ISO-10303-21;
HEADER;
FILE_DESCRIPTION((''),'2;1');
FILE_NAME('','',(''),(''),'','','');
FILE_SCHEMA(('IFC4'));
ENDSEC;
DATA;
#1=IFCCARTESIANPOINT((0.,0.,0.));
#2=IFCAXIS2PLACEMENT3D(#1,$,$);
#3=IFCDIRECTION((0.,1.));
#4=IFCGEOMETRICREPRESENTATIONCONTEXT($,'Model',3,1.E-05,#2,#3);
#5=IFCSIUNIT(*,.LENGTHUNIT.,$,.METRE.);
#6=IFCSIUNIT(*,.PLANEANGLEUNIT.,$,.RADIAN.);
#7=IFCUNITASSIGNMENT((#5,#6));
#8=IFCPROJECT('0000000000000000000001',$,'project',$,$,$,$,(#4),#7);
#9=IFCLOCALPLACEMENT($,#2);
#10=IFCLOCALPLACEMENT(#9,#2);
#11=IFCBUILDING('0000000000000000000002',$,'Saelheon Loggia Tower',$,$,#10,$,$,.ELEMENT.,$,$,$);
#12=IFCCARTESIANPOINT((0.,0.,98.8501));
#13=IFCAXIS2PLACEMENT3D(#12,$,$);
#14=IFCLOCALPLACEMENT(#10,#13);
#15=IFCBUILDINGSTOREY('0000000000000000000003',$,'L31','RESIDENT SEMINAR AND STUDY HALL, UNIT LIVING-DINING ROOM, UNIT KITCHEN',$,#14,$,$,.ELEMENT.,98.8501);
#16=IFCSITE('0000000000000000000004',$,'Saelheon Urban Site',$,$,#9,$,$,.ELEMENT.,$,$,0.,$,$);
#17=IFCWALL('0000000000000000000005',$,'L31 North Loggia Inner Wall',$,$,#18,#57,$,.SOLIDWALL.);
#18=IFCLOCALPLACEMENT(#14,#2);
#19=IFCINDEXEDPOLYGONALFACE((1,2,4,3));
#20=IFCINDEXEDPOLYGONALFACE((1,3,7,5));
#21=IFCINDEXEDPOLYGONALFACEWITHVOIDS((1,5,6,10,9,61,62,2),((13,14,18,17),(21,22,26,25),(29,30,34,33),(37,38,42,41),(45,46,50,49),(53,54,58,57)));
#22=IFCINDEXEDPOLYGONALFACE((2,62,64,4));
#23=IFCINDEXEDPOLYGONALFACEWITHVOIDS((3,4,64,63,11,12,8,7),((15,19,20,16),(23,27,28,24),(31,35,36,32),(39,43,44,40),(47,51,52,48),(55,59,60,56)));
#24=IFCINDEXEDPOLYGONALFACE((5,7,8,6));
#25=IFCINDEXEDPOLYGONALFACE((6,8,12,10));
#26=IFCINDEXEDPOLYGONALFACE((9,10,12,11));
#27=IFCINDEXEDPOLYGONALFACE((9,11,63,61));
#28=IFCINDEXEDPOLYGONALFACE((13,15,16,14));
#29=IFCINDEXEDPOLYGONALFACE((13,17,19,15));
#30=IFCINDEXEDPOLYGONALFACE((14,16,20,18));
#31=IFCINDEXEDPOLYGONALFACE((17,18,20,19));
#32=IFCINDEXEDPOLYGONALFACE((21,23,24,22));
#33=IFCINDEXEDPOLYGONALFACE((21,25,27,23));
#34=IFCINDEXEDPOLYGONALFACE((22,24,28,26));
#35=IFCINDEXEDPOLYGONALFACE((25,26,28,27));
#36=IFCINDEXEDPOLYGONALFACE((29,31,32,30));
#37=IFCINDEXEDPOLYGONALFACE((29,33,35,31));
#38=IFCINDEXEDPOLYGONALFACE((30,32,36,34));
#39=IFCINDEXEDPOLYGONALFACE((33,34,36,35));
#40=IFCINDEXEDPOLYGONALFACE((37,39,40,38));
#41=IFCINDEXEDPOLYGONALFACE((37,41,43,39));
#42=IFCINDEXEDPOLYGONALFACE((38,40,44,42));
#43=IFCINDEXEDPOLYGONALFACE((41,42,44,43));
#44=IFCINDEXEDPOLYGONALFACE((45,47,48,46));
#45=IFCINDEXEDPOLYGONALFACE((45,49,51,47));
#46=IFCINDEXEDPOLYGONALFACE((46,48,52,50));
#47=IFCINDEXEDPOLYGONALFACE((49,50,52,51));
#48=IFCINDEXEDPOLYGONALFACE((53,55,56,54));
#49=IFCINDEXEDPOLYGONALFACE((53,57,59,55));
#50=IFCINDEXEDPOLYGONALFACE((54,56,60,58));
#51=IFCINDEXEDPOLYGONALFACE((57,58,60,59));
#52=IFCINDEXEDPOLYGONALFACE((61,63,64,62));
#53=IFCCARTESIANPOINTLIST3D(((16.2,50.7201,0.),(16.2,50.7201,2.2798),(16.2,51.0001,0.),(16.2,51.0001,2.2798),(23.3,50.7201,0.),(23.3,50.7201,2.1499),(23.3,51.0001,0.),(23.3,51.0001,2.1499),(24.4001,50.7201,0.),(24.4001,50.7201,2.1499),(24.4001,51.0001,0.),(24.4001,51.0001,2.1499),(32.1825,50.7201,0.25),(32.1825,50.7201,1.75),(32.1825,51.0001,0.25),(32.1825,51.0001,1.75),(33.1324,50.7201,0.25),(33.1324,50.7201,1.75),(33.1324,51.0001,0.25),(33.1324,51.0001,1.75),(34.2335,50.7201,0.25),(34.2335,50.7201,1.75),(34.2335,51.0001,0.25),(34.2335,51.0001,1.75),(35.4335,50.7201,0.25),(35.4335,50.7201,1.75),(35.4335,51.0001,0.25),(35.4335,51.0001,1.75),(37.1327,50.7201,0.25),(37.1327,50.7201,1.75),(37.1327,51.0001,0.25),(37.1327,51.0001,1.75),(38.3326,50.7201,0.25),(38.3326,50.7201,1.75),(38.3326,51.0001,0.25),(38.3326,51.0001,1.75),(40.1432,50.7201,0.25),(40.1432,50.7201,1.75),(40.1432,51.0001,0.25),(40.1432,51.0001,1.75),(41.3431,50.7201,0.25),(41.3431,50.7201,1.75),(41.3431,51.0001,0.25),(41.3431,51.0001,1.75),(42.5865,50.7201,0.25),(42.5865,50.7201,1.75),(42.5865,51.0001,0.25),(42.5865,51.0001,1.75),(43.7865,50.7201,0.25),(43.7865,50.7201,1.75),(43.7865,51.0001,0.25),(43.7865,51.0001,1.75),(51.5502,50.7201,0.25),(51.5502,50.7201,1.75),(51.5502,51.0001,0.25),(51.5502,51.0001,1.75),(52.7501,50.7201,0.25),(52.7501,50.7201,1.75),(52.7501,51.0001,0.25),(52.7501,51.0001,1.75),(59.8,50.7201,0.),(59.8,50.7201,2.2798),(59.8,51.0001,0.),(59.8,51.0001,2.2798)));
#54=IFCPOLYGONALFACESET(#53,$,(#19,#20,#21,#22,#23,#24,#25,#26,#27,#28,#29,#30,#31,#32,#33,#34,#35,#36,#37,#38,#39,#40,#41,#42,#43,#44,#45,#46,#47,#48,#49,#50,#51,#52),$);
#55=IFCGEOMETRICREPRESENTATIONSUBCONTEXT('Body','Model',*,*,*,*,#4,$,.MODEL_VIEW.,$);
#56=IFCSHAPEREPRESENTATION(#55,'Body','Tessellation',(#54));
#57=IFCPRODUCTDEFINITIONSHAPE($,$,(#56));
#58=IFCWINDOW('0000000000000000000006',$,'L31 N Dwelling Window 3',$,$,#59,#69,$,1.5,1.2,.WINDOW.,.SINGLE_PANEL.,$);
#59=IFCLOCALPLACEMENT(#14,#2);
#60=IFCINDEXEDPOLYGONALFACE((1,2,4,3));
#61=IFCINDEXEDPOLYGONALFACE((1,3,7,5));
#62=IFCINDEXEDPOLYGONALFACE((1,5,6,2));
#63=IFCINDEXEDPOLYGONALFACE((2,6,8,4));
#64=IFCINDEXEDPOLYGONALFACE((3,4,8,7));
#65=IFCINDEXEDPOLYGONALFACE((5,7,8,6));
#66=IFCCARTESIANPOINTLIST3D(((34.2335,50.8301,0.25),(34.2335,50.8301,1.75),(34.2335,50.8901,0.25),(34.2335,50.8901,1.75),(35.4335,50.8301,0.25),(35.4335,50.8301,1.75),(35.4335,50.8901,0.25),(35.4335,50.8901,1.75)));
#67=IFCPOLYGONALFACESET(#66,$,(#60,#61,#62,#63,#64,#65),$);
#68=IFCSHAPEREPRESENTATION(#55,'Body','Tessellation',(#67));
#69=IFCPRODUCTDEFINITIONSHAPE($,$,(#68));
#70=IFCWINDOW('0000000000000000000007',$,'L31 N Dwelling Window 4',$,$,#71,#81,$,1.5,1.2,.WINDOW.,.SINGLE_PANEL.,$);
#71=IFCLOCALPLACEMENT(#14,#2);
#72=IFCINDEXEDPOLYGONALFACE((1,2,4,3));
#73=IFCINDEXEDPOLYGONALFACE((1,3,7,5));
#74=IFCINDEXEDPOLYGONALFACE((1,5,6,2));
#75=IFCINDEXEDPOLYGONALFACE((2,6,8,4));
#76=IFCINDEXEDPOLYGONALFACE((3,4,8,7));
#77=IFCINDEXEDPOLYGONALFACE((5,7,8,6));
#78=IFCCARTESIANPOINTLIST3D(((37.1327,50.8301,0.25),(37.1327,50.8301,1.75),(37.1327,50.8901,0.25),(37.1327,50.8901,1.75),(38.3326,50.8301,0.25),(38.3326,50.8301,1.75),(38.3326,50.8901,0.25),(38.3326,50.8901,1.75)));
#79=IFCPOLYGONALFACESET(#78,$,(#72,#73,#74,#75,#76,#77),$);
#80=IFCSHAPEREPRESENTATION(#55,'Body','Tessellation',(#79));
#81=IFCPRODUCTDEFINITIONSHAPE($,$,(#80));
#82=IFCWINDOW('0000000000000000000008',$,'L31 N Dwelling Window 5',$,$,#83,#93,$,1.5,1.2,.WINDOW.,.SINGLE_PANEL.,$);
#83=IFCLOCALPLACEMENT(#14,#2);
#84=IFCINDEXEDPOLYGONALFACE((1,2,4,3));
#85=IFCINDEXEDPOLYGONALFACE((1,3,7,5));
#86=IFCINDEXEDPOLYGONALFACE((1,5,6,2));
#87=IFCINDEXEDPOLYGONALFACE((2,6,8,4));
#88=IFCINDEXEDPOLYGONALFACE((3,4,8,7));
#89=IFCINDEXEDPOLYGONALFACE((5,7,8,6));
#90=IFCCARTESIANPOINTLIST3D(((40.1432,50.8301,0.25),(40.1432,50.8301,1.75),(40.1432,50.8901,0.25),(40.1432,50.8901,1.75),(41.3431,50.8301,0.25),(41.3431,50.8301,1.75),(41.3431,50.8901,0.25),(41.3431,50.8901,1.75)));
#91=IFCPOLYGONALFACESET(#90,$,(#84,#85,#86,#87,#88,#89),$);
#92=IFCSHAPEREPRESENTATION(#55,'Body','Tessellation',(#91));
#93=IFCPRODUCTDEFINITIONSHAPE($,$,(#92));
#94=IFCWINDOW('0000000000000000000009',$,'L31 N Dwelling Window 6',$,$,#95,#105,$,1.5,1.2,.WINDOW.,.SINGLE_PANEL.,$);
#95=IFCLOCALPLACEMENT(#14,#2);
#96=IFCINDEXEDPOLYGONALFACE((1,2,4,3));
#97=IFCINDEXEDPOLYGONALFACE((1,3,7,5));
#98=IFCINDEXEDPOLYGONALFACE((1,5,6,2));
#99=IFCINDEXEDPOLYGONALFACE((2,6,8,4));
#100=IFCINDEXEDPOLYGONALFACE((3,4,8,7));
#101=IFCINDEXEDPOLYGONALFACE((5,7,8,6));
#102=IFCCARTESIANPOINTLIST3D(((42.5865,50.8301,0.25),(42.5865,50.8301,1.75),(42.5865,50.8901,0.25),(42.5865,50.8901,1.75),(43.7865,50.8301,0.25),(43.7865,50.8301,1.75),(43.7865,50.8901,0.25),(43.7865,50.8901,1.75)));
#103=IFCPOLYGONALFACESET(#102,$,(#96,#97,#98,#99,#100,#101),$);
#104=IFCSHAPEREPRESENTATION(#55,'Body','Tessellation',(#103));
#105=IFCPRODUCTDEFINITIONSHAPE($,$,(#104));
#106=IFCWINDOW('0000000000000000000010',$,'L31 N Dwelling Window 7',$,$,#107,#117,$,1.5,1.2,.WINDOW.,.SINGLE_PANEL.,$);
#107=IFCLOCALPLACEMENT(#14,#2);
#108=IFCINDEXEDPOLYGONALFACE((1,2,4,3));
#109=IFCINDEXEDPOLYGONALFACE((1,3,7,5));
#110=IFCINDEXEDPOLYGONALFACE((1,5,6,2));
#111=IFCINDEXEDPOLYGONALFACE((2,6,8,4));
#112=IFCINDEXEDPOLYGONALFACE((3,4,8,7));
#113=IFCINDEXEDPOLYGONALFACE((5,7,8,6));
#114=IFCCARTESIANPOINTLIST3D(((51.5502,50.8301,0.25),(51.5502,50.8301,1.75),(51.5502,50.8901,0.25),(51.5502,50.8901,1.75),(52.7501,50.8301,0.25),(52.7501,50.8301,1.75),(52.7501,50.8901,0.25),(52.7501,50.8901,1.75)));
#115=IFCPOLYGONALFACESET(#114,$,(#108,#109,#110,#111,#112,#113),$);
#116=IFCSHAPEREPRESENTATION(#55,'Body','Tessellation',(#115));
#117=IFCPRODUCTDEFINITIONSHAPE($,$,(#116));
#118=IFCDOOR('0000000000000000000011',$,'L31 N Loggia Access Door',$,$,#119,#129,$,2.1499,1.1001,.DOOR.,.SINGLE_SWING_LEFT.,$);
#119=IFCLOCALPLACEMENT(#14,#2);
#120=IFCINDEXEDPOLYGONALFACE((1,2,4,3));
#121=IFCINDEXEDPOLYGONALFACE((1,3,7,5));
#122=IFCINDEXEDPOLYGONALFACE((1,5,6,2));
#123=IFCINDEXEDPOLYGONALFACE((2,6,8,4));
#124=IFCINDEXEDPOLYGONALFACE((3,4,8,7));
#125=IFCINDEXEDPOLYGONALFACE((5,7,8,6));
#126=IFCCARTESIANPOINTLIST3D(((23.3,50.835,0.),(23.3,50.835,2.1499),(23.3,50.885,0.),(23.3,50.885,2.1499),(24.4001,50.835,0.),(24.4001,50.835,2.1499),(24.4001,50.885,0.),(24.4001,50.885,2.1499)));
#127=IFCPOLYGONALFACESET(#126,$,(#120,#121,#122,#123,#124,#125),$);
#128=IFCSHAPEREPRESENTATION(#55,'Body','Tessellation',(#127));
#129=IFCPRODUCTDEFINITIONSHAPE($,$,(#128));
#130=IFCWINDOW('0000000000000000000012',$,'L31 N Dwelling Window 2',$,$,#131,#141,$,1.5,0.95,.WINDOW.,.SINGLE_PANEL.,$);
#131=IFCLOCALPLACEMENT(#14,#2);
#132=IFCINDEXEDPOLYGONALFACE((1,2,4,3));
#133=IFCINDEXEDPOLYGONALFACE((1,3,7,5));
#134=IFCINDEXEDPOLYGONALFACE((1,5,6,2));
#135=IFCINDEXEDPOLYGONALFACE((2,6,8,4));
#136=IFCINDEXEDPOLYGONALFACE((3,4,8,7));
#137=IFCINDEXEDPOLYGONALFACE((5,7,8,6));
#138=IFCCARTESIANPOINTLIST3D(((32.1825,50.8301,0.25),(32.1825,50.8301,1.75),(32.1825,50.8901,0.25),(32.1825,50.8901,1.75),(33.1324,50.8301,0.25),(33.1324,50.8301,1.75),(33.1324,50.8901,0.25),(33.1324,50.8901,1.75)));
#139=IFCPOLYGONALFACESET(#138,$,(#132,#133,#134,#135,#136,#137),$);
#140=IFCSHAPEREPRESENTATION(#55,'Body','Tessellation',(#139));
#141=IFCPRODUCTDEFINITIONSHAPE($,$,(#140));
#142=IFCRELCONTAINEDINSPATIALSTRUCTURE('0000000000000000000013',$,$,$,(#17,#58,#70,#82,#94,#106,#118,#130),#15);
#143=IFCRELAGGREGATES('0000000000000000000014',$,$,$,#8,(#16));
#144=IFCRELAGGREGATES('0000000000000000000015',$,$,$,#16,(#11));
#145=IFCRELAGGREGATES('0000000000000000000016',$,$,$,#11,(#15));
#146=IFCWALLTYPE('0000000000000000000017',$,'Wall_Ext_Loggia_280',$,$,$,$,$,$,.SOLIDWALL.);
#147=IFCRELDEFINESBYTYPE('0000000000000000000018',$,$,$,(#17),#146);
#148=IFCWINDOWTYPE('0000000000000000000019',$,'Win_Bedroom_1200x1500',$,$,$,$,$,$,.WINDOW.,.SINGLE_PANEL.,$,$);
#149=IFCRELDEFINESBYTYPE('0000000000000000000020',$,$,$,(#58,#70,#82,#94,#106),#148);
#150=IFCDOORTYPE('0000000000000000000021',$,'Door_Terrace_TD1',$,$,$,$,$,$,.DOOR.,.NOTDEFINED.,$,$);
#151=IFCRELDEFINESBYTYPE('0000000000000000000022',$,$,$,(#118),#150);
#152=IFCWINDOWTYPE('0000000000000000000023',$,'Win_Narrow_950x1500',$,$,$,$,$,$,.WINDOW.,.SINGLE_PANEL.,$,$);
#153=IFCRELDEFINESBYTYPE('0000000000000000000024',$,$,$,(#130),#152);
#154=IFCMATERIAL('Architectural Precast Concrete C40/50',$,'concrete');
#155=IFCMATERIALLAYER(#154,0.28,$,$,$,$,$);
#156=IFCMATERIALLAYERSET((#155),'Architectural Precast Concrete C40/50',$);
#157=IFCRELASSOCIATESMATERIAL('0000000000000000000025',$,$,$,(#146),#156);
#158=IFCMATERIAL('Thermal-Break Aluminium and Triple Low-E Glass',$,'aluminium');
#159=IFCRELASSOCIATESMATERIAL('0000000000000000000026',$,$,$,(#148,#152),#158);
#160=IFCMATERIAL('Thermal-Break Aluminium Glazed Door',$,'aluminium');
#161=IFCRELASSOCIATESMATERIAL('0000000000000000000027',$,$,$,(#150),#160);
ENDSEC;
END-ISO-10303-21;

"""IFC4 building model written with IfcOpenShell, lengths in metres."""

from ifc_helpers import new_model, si_unit, direction, frame, frame_2d, origin, place, context, subcontext, project, spatial, rectangle, extrude, source, transform, mapped, material, layer, layer_set, type_object, element, fill, save


model = new_model("IFC4")

# Units and contexts
model_context = context("Model", 3, precision=1e-05, world=origin(), true_north=direction((0.0, 1.0)))
body_context = subcontext(model_context, "Body", "Model", "MODEL_VIEW")
ifc_project = project(units=[si_unit("LENGTHUNIT", "METRE"), si_unit("PLANEANGLEUNIT", "RADIAN")], contexts=[model_context])

# Site, building, storey
site_placement = place(None, origin())
site = spatial("IfcSite", under=ifc_project, at=site_placement, Name="Saelheon Urban Site", CompositionType="ELEMENT", RefElevation=0.0)
building_placement = place(site_placement, origin())
building = spatial("IfcBuilding", under=site, at=building_placement, Name="Saelheon Loggia Tower", CompositionType="ELEMENT")
storey_placement = place(building_placement, frame((0.0, 0.0, 98.8501)))
storey = spatial("IfcBuildingStorey", under=building, at=storey_placement, Name="L31", Description="RESIDENT SEMINAR AND STUDY HALL, UNIT LIVING-DINING ROOM, UNIT KITCHEN", CompositionType="ELEMENT", Elevation=98.8501)

# Wall, openings, windows, door
ifc_material_1 = material(Name="Architectural Precast Concrete C40/50", Category="concrete")
ifc_layer_1 = layer(ifc_material_1, 0.28)
ifc_layer_set_1 = layer_set([ifc_layer_1], Name="Architectural Precast Concrete C40/50")
wall_type_1 = type_object("IfcWallType", Name="Wall_Ext_Loggia_280", PredefinedType="SOLIDWALL", material=ifc_layer_set_1)
wall_1_placement = place(storey_placement, frame((16.2, 50.8601, 0.0), z_axis=(0.0, 0.0, 1.0), x_axis=(1.0, 0.0, 0.0)))
wall_1 = element("IfcWall", 1, at=wall_1_placement, inside=storey, type_object=wall_type_1, Name="L31 North Loggia Inner Wall", PredefinedType="SOLIDWALL", context=body_context, shape_type="SweptSolid", body=[
    extrude(rectangle(XDim=43.6001, YDim=0.28, at=frame_2d((21.8, 0.0))), origin(), (0.0, 0.0, 1.0), 2.2798),
])
opening_1_placement = place(wall_1_placement, frame((7.1001, 0.0, 0.0)))
opening_1 = element("IfcOpeningElement", 2, at=opening_1_placement, cuts=wall_1, PredefinedType="OPENING", context=body_context, shape_type="SweptSolid", body=[
    extrude(rectangle(XDim=1.1001, YDim=2.1499, at=frame_2d((0.55, 1.075))), frame((0.0, 0.1521, 0.0), z_axis=(0.0, -1.0, 0.0), x_axis=(1.0, 0.0, 0.0)), (0.0, 0.0, 1.0), 0.304),
])
opening_2_placement = place(wall_1_placement, frame((15.9824, 0.0, 0.25)))
opening_2 = element("IfcOpeningElement", 3, at=opening_2_placement, cuts=wall_1, PredefinedType="OPENING", context=body_context, shape_type="SweptSolid", body=[
    extrude(rectangle(XDim=0.95, YDim=1.5, at=frame_2d((0.4751, 0.75))), frame((0.0, 0.1521, 0.0), z_axis=(0.0, -1.0, 0.0), x_axis=(1.0, 0.0, 0.0)), (0.0, 0.0, 1.0), 0.304),
])
opening_3_placement = place(wall_1_placement, frame((18.0334, 0.0, 0.25)))
opening_3 = element("IfcOpeningElement", 4, at=opening_3_placement, cuts=wall_1, PredefinedType="OPENING", context=body_context, shape_type="SweptSolid", body=[
    extrude(rectangle(XDim=1.2, YDim=1.5, at=frame_2d((0.6001, 0.75))), frame((0.0, 0.1521, 0.0), z_axis=(0.0, -1.0, 0.0), x_axis=(1.0, 0.0, 0.0)), (0.0, 0.0, 1.0), 0.304),
])
opening_4_placement = place(wall_1_placement, frame((20.9326, 0.0, 0.25)))
opening_4 = element("IfcOpeningElement", 5, at=opening_4_placement, cuts=wall_1, PredefinedType="OPENING", context=body_context, shape_type="SweptSolid", body=[
    extrude(rectangle(XDim=1.2, YDim=1.5, at=frame_2d((0.6001, 0.75))), frame((0.0, 0.1521, 0.0), z_axis=(0.0, -1.0, 0.0), x_axis=(1.0, 0.0, 0.0)), (0.0, 0.0, 1.0), 0.304),
])
opening_5_placement = place(wall_1_placement, frame((23.9431, 0.0, 0.25)))
opening_5 = element("IfcOpeningElement", 6, at=opening_5_placement, cuts=wall_1, PredefinedType="OPENING", context=body_context, shape_type="SweptSolid", body=[
    extrude(rectangle(XDim=1.2, YDim=1.5, at=frame_2d((0.6001, 0.75))), frame((0.0, 0.1521, 0.0), z_axis=(0.0, -1.0, 0.0), x_axis=(1.0, 0.0, 0.0)), (0.0, 0.0, 1.0), 0.304),
])
opening_6_placement = place(wall_1_placement, frame((26.3865, 0.0, 0.25)))
opening_6 = element("IfcOpeningElement", 7, at=opening_6_placement, cuts=wall_1, PredefinedType="OPENING", context=body_context, shape_type="SweptSolid", body=[
    extrude(rectangle(XDim=1.2, YDim=1.5, at=frame_2d((0.6001, 0.75))), frame((0.0, 0.1521, 0.0), z_axis=(0.0, -1.0, 0.0), x_axis=(1.0, 0.0, 0.0)), (0.0, 0.0, 1.0), 0.304),
])
opening_7_placement = place(wall_1_placement, frame((35.3501, 0.0, 0.25)))
opening_7 = element("IfcOpeningElement", 8, at=opening_7_placement, cuts=wall_1, PredefinedType="OPENING", context=body_context, shape_type="SweptSolid", body=[
    extrude(rectangle(XDim=1.2, YDim=1.5, at=frame_2d((0.6001, 0.75))), frame((0.0, 0.1521, 0.0), z_axis=(0.0, -1.0, 0.0), x_axis=(1.0, 0.0, 0.0)), (0.0, 0.0, 1.0), 0.304),
])
ifc_material_2 = material(Name="Thermal-Break Aluminium and Triple Low-E Glass", Category="aluminium")
window_type_1 = type_object("IfcWindowType", Name="Win_Bedroom_1200x1500", PartitioningType="SINGLE_PANEL", PredefinedType="WINDOW", material=ifc_material_2)
shared_shape_1 = source(origin(), body_context, "Body", "SweptSolid", [
    extrude(rectangle(XDim=1.2, YDim=1.5, at=frame_2d((0.6001, 0.75))), frame((0.0, 0.03, 0.0), z_axis=(0.0, -1.0, 0.0), x_axis=(1.0, 0.0, 0.0)), (0.0, 0.0, 1.0), 0.0601),
])
window_1_placement = place(opening_3_placement, origin())
window_1 = element("IfcWindow", 9, at=window_1_placement, inside=storey, type_object=window_type_1, Name="L31 N Dwelling Window 3", OverallHeight=1.5, OverallWidth=1.2, PartitioningType="SINGLE_PANEL", PredefinedType="WINDOW", context=body_context, shape_type="MappedRepresentation", body=[
    mapped(shared_shape_1, transform((0.0, 0.0, 0.0), scale=1.0)),
])
fill(opening_3, window_1)
window_2_placement = place(opening_4_placement, origin())
window_2 = element("IfcWindow", 10, at=window_2_placement, inside=storey, type_object=window_type_1, Name="L31 N Dwelling Window 4", OverallHeight=1.5, OverallWidth=1.2, PartitioningType="SINGLE_PANEL", PredefinedType="WINDOW", context=body_context, shape_type="MappedRepresentation", body=[
    mapped(shared_shape_1, transform((0.0, 0.0, 0.0), scale=1.0)),
])
fill(opening_4, window_2)
window_3_placement = place(opening_5_placement, origin())
window_3 = element("IfcWindow", 11, at=window_3_placement, inside=storey, type_object=window_type_1, Name="L31 N Dwelling Window 5", OverallHeight=1.5, OverallWidth=1.2, PartitioningType="SINGLE_PANEL", PredefinedType="WINDOW", context=body_context, shape_type="MappedRepresentation", body=[
    mapped(shared_shape_1, transform((0.0, 0.0, 0.0), scale=1.0)),
])
fill(opening_5, window_3)
window_4_placement = place(opening_6_placement, origin())
window_4 = element("IfcWindow", 12, at=window_4_placement, inside=storey, type_object=window_type_1, Name="L31 N Dwelling Window 6", OverallHeight=1.5, OverallWidth=1.2, PartitioningType="SINGLE_PANEL", PredefinedType="WINDOW", context=body_context, shape_type="MappedRepresentation", body=[
    mapped(shared_shape_1, transform((0.0, 0.0, 0.0), scale=1.0)),
])
fill(opening_6, window_4)
window_5_placement = place(opening_7_placement, origin())
window_5 = element("IfcWindow", 13, at=window_5_placement, inside=storey, type_object=window_type_1, Name="L31 N Dwelling Window 7", OverallHeight=1.5, OverallWidth=1.2, PartitioningType="SINGLE_PANEL", PredefinedType="WINDOW", context=body_context, shape_type="MappedRepresentation", body=[
    mapped(shared_shape_1, transform((0.0, 0.0, 0.0), scale=1.0)),
])
fill(opening_7, window_5)
ifc_material_3 = material(Name="Thermal-Break Aluminium Glazed Door", Category="aluminium")
door_type_1 = type_object("IfcDoorType", Name="Door_Terrace_TD1", OperationType="NOTDEFINED", PredefinedType="DOOR", material=ifc_material_3)
shared_shape_2 = source(origin(), body_context, "Body", "SweptSolid", [
    extrude(rectangle(XDim=1.1001, YDim=2.1499, at=frame_2d((0.55, 1.075))), frame((0.0, 0.0249, 0.0), z_axis=(0.0, -1.0, 0.0), x_axis=(1.0, 0.0, 0.0)), (0.0, 0.0, 1.0), 0.05),
])
door_1_placement = place(opening_1_placement, origin())
door_1 = element("IfcDoor", 14, at=door_1_placement, inside=storey, type_object=door_type_1, Name="L31 N Loggia Access Door", OperationType="SINGLE_SWING_LEFT", OverallHeight=2.1499, OverallWidth=1.1001, PredefinedType="DOOR", context=body_context, shape_type="MappedRepresentation", body=[
    mapped(shared_shape_2, transform((0.0, 0.0, 0.0), scale=1.0)),
])
fill(opening_1, door_1)
window_type_2 = type_object("IfcWindowType", Name="Win_Narrow_950x1500", PartitioningType="SINGLE_PANEL", PredefinedType="WINDOW", material=ifc_material_2)
shared_shape_3 = source(origin(), body_context, "Body", "SweptSolid", [
    extrude(rectangle(XDim=0.95, YDim=1.5, at=frame_2d((0.4751, 0.75))), frame((0.0, 0.03, 0.0), z_axis=(0.0, -1.0, 0.0), x_axis=(1.0, 0.0, 0.0)), (0.0, 0.0, 1.0), 0.0601),
])
window_6_placement = place(opening_2_placement, origin())
window_6 = element("IfcWindow", 15, at=window_6_placement, inside=storey, type_object=window_type_2, Name="L31 N Dwelling Window 2", OverallHeight=1.5, OverallWidth=0.95, PartitioningType="SINGLE_PANEL", PredefinedType="WINDOW", context=body_context, shape_type="MappedRepresentation", body=[
    mapped(shared_shape_3, transform((0.0, 0.0, 0.0), scale=1.0)),
])
fill(opening_2, window_6)

save(model, "model.ifc")
